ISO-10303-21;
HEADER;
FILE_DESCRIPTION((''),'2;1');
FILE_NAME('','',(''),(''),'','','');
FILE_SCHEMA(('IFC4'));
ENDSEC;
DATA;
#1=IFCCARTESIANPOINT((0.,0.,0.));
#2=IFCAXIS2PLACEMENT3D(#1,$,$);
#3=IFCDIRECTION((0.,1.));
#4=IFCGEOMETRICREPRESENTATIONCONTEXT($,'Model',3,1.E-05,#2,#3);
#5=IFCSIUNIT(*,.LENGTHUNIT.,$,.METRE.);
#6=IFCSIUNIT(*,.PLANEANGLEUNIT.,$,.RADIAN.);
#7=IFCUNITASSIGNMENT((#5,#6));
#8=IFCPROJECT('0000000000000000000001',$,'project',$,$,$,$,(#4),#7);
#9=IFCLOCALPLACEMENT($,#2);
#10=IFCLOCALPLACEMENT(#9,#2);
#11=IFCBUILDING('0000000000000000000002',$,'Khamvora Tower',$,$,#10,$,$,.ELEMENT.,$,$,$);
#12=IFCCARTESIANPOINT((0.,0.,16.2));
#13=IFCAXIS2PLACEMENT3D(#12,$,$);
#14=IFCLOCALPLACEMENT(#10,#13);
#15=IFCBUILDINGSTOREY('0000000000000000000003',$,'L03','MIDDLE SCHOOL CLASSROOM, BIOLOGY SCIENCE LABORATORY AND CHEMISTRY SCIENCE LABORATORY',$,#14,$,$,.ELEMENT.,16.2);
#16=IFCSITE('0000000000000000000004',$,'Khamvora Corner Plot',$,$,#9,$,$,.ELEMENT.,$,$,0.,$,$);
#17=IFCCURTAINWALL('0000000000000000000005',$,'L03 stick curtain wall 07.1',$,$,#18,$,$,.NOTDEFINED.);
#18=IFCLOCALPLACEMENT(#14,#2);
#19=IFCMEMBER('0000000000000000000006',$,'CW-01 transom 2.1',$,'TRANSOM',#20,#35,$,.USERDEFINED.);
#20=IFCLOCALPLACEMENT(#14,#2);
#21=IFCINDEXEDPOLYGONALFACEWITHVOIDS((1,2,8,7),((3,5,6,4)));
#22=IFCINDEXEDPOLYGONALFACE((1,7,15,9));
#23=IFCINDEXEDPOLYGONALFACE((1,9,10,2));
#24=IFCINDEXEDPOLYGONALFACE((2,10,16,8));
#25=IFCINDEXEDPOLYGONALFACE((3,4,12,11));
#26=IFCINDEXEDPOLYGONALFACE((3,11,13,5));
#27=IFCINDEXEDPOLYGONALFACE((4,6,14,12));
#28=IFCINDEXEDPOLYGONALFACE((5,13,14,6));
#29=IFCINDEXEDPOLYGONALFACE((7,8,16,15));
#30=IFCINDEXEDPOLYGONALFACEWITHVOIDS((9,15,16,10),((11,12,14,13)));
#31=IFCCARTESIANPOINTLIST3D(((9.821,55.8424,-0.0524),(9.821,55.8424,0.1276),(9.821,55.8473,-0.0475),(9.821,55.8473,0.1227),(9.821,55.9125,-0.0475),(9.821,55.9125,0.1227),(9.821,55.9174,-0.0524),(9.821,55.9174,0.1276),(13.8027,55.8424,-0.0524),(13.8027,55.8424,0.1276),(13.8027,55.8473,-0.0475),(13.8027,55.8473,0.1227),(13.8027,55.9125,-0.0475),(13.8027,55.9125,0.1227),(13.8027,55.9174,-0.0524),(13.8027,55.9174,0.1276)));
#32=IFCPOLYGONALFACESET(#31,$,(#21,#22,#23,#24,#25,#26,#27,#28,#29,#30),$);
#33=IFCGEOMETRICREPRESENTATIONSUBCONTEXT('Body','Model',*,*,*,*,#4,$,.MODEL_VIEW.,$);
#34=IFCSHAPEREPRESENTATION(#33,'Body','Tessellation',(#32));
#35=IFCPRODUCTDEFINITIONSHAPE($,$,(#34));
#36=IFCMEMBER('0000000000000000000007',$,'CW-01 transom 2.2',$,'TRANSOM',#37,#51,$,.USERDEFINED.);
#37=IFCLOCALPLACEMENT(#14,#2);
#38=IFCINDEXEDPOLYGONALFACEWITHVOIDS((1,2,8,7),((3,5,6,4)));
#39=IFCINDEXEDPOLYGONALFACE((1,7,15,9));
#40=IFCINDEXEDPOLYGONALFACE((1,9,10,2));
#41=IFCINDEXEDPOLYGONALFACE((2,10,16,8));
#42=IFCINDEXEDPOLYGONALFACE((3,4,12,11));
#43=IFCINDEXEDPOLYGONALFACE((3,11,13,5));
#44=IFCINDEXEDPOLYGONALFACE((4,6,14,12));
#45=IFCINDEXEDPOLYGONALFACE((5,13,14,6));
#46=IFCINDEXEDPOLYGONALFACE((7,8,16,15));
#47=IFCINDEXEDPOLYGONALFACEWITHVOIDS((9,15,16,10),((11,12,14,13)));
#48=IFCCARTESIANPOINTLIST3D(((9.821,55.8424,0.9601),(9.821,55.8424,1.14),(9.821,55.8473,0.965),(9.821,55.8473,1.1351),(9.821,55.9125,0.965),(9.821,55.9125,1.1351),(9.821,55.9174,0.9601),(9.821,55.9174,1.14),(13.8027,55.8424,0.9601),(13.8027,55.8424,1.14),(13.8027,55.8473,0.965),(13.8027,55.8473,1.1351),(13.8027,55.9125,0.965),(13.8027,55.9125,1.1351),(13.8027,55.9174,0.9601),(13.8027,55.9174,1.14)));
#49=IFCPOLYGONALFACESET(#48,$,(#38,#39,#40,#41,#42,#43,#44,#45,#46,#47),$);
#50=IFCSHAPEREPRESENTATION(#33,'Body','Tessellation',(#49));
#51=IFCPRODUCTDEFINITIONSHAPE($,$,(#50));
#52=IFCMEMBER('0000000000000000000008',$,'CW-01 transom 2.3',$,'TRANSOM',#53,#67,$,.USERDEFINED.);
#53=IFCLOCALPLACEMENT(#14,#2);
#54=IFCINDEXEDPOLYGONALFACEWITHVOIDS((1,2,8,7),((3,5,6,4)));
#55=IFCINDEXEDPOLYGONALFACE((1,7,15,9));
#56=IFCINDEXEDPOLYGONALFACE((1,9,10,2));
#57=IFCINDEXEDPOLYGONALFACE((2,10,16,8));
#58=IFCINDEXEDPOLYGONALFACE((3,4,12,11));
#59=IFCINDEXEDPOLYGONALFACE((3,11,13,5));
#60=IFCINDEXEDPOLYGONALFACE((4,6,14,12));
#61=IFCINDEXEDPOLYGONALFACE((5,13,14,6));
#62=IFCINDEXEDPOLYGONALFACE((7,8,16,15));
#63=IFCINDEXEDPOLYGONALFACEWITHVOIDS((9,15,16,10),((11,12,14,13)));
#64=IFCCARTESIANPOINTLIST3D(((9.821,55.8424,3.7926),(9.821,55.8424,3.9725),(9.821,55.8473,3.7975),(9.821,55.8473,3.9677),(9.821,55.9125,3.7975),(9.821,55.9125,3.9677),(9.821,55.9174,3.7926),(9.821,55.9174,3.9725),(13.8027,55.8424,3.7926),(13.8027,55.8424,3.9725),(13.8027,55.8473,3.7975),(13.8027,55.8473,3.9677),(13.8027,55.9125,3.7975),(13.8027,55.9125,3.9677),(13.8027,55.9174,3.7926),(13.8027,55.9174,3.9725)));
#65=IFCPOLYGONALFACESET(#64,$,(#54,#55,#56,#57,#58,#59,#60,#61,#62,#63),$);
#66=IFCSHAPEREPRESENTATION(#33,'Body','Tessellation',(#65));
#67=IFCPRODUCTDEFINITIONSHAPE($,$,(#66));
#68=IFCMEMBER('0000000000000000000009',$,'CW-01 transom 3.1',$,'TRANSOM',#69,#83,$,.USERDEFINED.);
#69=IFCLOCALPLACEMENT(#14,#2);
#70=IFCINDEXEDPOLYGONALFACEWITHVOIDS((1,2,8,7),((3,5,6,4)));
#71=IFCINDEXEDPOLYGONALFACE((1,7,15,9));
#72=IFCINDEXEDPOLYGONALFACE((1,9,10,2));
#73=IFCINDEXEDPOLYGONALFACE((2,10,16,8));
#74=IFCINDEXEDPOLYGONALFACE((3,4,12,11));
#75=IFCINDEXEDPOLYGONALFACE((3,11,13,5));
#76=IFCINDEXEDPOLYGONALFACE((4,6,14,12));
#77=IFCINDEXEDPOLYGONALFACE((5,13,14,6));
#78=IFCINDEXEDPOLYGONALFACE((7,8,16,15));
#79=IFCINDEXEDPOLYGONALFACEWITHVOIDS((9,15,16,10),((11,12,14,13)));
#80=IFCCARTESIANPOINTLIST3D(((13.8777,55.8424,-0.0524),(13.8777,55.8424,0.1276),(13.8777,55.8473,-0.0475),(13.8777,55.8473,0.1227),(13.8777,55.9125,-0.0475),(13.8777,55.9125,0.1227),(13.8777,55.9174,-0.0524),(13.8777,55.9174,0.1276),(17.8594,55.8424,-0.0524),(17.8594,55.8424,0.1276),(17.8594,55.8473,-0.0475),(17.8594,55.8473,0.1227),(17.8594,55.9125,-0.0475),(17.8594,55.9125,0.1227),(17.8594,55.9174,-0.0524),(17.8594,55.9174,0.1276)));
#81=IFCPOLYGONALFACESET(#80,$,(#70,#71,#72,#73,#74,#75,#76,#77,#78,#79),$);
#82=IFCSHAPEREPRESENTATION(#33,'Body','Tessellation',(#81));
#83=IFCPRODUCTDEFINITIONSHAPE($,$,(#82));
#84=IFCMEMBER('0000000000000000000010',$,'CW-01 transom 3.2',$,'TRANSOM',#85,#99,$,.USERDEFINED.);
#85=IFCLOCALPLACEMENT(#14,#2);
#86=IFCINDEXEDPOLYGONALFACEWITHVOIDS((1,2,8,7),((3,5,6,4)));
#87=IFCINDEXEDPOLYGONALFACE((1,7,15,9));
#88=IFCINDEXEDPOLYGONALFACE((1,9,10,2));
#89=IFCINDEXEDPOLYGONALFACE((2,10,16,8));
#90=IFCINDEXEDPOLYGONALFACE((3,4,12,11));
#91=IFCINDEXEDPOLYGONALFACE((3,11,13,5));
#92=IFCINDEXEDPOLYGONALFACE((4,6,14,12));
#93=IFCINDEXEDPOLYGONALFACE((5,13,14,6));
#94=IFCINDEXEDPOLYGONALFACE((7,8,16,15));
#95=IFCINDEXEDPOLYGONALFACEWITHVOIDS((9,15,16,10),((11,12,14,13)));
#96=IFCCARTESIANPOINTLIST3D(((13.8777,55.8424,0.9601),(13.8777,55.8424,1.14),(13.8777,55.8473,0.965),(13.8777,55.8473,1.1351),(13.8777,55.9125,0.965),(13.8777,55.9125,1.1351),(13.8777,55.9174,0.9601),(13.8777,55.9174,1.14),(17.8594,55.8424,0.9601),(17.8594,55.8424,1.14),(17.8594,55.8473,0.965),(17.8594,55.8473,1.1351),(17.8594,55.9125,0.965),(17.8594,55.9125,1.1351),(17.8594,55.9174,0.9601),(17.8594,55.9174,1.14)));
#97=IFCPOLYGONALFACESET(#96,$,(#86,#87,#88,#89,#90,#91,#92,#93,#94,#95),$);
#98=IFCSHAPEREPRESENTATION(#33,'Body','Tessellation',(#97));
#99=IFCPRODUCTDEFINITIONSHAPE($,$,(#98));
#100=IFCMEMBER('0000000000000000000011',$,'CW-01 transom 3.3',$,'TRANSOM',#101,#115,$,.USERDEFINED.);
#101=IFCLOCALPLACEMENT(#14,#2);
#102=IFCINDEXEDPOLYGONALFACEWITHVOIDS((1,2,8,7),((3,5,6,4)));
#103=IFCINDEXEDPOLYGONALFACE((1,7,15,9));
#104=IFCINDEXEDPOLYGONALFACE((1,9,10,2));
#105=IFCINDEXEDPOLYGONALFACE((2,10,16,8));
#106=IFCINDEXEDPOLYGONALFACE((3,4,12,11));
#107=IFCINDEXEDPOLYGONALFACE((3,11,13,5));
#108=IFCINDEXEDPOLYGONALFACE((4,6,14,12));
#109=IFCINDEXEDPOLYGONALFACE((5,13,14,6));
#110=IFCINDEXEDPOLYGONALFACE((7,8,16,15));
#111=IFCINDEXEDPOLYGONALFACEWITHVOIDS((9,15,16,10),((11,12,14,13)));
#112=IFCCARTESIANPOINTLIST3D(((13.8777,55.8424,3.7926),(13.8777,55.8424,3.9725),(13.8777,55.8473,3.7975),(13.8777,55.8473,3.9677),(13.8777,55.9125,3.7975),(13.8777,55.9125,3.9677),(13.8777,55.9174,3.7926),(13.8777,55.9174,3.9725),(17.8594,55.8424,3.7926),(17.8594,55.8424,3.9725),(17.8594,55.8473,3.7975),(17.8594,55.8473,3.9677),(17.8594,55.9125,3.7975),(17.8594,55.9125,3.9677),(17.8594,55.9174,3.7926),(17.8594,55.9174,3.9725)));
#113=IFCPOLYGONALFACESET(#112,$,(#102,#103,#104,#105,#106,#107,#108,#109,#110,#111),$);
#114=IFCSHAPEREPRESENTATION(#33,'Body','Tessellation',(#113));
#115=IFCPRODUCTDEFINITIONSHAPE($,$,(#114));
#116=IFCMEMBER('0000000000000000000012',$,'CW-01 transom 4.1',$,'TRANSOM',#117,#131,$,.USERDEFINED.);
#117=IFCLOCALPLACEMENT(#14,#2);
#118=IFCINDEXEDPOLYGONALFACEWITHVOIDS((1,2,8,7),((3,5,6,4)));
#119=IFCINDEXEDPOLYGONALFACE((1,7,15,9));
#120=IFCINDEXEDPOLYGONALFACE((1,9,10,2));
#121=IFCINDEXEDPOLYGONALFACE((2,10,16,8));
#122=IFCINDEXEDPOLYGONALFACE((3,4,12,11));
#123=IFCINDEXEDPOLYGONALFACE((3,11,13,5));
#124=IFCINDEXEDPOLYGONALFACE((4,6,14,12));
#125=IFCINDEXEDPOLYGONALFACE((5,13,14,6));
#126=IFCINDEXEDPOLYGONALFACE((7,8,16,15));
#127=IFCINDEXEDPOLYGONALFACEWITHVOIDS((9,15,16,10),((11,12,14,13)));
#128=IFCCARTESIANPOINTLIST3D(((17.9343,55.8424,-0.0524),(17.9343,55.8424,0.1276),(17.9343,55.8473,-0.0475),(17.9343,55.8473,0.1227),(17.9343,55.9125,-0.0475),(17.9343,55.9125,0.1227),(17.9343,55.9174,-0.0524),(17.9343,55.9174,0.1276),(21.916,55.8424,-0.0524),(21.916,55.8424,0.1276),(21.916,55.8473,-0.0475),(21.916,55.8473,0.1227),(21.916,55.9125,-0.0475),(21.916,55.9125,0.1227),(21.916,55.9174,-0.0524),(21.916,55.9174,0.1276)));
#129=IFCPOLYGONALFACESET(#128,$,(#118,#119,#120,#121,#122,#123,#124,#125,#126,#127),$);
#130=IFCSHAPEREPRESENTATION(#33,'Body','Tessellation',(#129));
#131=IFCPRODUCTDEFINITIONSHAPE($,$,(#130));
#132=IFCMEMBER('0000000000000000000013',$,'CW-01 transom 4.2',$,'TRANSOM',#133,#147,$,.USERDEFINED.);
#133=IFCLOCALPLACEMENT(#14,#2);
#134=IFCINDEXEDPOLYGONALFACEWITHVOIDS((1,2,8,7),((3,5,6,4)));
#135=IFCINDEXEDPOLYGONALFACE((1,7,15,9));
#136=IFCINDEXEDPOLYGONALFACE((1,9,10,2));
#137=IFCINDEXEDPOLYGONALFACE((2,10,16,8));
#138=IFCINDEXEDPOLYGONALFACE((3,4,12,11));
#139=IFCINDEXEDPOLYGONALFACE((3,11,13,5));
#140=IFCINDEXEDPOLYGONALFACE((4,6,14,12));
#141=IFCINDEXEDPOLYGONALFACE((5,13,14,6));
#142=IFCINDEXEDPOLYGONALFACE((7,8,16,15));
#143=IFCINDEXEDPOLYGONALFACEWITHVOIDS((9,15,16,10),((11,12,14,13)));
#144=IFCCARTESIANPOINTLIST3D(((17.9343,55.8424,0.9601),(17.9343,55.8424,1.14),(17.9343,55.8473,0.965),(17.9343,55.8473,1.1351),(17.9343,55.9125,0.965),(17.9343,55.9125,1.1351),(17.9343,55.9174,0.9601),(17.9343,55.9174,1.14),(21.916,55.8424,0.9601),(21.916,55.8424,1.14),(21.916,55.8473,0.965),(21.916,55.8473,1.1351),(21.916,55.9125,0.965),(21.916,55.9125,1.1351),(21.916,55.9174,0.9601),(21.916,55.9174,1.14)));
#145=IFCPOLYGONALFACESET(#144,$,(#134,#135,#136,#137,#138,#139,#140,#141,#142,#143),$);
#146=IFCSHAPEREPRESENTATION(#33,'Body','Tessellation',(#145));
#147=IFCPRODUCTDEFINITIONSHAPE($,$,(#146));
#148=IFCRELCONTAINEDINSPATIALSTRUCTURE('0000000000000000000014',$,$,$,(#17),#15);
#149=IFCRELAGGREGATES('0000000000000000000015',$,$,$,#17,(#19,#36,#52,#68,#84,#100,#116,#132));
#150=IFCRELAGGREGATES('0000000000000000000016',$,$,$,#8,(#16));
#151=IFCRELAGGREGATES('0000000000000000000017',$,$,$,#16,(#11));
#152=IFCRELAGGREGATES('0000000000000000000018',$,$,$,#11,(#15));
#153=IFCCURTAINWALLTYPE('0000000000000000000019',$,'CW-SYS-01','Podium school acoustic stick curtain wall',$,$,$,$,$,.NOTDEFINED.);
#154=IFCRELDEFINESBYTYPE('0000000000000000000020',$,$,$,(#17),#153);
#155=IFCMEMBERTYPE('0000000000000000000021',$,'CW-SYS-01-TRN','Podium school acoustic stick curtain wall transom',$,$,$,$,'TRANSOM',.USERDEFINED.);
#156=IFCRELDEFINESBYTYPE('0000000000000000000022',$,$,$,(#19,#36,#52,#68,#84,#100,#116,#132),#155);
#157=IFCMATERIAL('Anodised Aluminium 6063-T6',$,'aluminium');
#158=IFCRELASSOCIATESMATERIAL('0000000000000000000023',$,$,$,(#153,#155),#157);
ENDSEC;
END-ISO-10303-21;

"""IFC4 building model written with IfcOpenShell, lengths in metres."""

from ifc_helpers import new_model, si_unit, direction, frame, origin, origin_2d, place, context, subcontext, project, spatial, hollow_rectangle, extrude, material, material_profile, profile_set, type_object, element, aggregate, save


model = new_model("IFC4")

# Units and contexts
model_context = context("Model", 3, precision=1e-05, world=origin(), true_north=direction((0.0, 1.0)))
body_context = subcontext(model_context, "Body", "Model", "MODEL_VIEW")
ifc_project = project(units=[si_unit("LENGTHUNIT", "METRE"), si_unit("PLANEANGLEUNIT", "RADIAN")], contexts=[model_context])

# Site, building, storey
site_placement = place(None, origin())
site = spatial("IfcSite", under=ifc_project, at=site_placement, Name="Khamvora Corner Plot", CompositionType="ELEMENT", RefElevation=0.0)
building_placement = place(site_placement, origin())
building = spatial("IfcBuilding", under=site, at=building_placement, Name="Khamvora Tower", CompositionType="ELEMENT")
storey_placement = place(building_placement, frame((0.0, 0.0, 16.2)))
storey = spatial("IfcBuildingStorey", under=building, at=storey_placement, Name="L03", Description="MIDDLE SCHOOL CLASSROOM, BIOLOGY SCIENCE LABORATORY AND CHEMISTRY SCIENCE LABORATORY", CompositionType="ELEMENT", Elevation=16.2)

# Curtain wall, members
ifc_material_1 = material(Name="Anodised Aluminium 6063-T6", Category="aluminium")
curtain_wall_type = type_object("IfcCurtainWallType", Name="CW-SYS-01", Description="Podium school acoustic stick curtain wall", PredefinedType="NOTDEFINED", material=ifc_material_1)
curtain_wall_placement = place(storey_placement, origin())
curtain_wall = element("IfcCurtainWall", 1, at=curtain_wall_placement, inside=storey, type_object=curtain_wall_type, Name="L03 stick curtain wall 07.1", PredefinedType="NOTDEFINED")
ifc_material_profile_1 = material_profile(ifc_material_1, hollow_rectangle(XDim=0.075, YDim=0.1799, WallThickness=0.0049, at=origin_2d()), Name="TRN75x180x5")
ifc_profile_set_1 = profile_set([ifc_material_profile_1], Name="Anodised Aluminium 6063-T6")
member_type_1 = type_object("IfcMemberType", Name="CW-SYS-01-TRN", Description="Podium school acoustic stick curtain wall transom", ElementType="TRANSOM", PredefinedType="USERDEFINED", material=ifc_profile_set_1)
member_1_placement = place(storey_placement, frame((9.821, 55.8799, 0.0376), z_axis=(1.0, 0.0, 0.0), x_axis=(0.0, 1.0, 0.0)))
member_1 = element("IfcMember", 2, at=member_1_placement, type_object=member_type_1, Name="CW-01 transom 2.1", ObjectType="TRANSOM", PredefinedType="USERDEFINED", context=body_context, shape_type="SweptSolid", body=[
    extrude(hollow_rectangle(XDim=0.075, YDim=0.1799, WallThickness=0.0049, at=origin_2d()), origin(), (0.0, 0.0, 1.0), 3.9817),
])
member_2_placement = place(storey_placement, frame((9.821, 55.8799, 1.05), z_axis=(1.0, 0.0, 0.0), x_axis=(0.0, 1.0, 0.0)))
member_2 = element("IfcMember", 3, at=member_2_placement, type_object=member_type_1, Name="CW-01 transom 2.2", ObjectType="TRANSOM", PredefinedType="USERDEFINED", context=body_context, shape_type="SweptSolid", body=[
    extrude(hollow_rectangle(XDim=0.075, YDim=0.1799, WallThickness=0.0049, at=origin_2d()), origin(), (0.0, 0.0, 1.0), 3.9817),
])
member_3_placement = place(storey_placement, frame((9.821, 55.8799, 3.8826), z_axis=(1.0, 0.0, 0.0), x_axis=(0.0, 1.0, 0.0)))
member_3 = element("IfcMember", 4, at=member_3_placement, type_object=member_type_1, Name="CW-01 transom 2.3", ObjectType="TRANSOM", PredefinedType="USERDEFINED", context=body_context, shape_type="SweptSolid", body=[
    extrude(hollow_rectangle(XDim=0.075, YDim=0.1799, WallThickness=0.0049, at=origin_2d()), origin(), (0.0, 0.0, 1.0), 3.9817),
])
member_4_placement = place(storey_placement, frame((13.8777, 55.8799, 0.0376), z_axis=(1.0, 0.0, 0.0), x_axis=(0.0, 1.0, 0.0)))
member_4 = element("IfcMember", 5, at=member_4_placement, type_object=member_type_1, Name="CW-01 transom 3.1", ObjectType="TRANSOM", PredefinedType="USERDEFINED", context=body_context, shape_type="SweptSolid", body=[
    extrude(hollow_rectangle(XDim=0.075, YDim=0.1799, WallThickness=0.0049, at=origin_2d()), origin(), (0.0, 0.0, 1.0), 3.9817),
])
member_5_placement = place(storey_placement, frame((13.8777, 55.8799, 1.05), z_axis=(1.0, 0.0, 0.0), x_axis=(0.0, 1.0, 0.0)))
member_5 = element("IfcMember", 6, at=member_5_placement, type_object=member_type_1, Name="CW-01 transom 3.2", ObjectType="TRANSOM", PredefinedType="USERDEFINED", context=body_context, shape_type="SweptSolid", body=[
    extrude(hollow_rectangle(XDim=0.075, YDim=0.1799, WallThickness=0.0049, at=origin_2d()), origin(), (0.0, 0.0, 1.0), 3.9817),
])
member_6_placement = place(storey_placement, frame((13.8777, 55.8799, 3.8826), z_axis=(1.0, 0.0, 0.0), x_axis=(0.0, 1.0, 0.0)))
member_6 = element("IfcMember", 7, at=member_6_placement, type_object=member_type_1, Name="CW-01 transom 3.3", ObjectType="TRANSOM", PredefinedType="USERDEFINED", context=body_context, shape_type="SweptSolid", body=[
    extrude(hollow_rectangle(XDim=0.075, YDim=0.1799, WallThickness=0.0049, at=origin_2d()), origin(), (0.0, 0.0, 1.0), 3.9817),
])
member_7_placement = place(storey_placement, frame((17.9343, 55.8799, 0.0376), z_axis=(1.0, 0.0, 0.0), x_axis=(0.0, 1.0, 0.0)))
member_7 = element("IfcMember", 8, at=member_7_placement, type_object=member_type_1, Name="CW-01 transom 4.1", ObjectType="TRANSOM", PredefinedType="USERDEFINED", context=body_context, shape_type="SweptSolid", body=[
    extrude(hollow_rectangle(XDim=0.075, YDim=0.1799, WallThickness=0.0049, at=origin_2d()), origin(), (0.0, 0.0, 1.0), 3.9817),
])
member_8_placement = place(storey_placement, frame((17.9343, 55.8799, 1.05), z_axis=(1.0, 0.0, 0.0), x_axis=(0.0, 1.0, 0.0)))
member_8 = element("IfcMember", 9, at=member_8_placement, type_object=member_type_1, Name="CW-01 transom 4.2", ObjectType="TRANSOM", PredefinedType="USERDEFINED", context=body_context, shape_type="SweptSolid", body=[
    extrude(hollow_rectangle(XDim=0.075, YDim=0.1799, WallThickness=0.0049, at=origin_2d()), origin(), (0.0, 0.0, 1.0), 3.9817),
])

aggregate(curtain_wall, [member_1, member_2, member_3, member_4, member_5, member_6, member_7, member_8])

save(model, "model.ifc")
